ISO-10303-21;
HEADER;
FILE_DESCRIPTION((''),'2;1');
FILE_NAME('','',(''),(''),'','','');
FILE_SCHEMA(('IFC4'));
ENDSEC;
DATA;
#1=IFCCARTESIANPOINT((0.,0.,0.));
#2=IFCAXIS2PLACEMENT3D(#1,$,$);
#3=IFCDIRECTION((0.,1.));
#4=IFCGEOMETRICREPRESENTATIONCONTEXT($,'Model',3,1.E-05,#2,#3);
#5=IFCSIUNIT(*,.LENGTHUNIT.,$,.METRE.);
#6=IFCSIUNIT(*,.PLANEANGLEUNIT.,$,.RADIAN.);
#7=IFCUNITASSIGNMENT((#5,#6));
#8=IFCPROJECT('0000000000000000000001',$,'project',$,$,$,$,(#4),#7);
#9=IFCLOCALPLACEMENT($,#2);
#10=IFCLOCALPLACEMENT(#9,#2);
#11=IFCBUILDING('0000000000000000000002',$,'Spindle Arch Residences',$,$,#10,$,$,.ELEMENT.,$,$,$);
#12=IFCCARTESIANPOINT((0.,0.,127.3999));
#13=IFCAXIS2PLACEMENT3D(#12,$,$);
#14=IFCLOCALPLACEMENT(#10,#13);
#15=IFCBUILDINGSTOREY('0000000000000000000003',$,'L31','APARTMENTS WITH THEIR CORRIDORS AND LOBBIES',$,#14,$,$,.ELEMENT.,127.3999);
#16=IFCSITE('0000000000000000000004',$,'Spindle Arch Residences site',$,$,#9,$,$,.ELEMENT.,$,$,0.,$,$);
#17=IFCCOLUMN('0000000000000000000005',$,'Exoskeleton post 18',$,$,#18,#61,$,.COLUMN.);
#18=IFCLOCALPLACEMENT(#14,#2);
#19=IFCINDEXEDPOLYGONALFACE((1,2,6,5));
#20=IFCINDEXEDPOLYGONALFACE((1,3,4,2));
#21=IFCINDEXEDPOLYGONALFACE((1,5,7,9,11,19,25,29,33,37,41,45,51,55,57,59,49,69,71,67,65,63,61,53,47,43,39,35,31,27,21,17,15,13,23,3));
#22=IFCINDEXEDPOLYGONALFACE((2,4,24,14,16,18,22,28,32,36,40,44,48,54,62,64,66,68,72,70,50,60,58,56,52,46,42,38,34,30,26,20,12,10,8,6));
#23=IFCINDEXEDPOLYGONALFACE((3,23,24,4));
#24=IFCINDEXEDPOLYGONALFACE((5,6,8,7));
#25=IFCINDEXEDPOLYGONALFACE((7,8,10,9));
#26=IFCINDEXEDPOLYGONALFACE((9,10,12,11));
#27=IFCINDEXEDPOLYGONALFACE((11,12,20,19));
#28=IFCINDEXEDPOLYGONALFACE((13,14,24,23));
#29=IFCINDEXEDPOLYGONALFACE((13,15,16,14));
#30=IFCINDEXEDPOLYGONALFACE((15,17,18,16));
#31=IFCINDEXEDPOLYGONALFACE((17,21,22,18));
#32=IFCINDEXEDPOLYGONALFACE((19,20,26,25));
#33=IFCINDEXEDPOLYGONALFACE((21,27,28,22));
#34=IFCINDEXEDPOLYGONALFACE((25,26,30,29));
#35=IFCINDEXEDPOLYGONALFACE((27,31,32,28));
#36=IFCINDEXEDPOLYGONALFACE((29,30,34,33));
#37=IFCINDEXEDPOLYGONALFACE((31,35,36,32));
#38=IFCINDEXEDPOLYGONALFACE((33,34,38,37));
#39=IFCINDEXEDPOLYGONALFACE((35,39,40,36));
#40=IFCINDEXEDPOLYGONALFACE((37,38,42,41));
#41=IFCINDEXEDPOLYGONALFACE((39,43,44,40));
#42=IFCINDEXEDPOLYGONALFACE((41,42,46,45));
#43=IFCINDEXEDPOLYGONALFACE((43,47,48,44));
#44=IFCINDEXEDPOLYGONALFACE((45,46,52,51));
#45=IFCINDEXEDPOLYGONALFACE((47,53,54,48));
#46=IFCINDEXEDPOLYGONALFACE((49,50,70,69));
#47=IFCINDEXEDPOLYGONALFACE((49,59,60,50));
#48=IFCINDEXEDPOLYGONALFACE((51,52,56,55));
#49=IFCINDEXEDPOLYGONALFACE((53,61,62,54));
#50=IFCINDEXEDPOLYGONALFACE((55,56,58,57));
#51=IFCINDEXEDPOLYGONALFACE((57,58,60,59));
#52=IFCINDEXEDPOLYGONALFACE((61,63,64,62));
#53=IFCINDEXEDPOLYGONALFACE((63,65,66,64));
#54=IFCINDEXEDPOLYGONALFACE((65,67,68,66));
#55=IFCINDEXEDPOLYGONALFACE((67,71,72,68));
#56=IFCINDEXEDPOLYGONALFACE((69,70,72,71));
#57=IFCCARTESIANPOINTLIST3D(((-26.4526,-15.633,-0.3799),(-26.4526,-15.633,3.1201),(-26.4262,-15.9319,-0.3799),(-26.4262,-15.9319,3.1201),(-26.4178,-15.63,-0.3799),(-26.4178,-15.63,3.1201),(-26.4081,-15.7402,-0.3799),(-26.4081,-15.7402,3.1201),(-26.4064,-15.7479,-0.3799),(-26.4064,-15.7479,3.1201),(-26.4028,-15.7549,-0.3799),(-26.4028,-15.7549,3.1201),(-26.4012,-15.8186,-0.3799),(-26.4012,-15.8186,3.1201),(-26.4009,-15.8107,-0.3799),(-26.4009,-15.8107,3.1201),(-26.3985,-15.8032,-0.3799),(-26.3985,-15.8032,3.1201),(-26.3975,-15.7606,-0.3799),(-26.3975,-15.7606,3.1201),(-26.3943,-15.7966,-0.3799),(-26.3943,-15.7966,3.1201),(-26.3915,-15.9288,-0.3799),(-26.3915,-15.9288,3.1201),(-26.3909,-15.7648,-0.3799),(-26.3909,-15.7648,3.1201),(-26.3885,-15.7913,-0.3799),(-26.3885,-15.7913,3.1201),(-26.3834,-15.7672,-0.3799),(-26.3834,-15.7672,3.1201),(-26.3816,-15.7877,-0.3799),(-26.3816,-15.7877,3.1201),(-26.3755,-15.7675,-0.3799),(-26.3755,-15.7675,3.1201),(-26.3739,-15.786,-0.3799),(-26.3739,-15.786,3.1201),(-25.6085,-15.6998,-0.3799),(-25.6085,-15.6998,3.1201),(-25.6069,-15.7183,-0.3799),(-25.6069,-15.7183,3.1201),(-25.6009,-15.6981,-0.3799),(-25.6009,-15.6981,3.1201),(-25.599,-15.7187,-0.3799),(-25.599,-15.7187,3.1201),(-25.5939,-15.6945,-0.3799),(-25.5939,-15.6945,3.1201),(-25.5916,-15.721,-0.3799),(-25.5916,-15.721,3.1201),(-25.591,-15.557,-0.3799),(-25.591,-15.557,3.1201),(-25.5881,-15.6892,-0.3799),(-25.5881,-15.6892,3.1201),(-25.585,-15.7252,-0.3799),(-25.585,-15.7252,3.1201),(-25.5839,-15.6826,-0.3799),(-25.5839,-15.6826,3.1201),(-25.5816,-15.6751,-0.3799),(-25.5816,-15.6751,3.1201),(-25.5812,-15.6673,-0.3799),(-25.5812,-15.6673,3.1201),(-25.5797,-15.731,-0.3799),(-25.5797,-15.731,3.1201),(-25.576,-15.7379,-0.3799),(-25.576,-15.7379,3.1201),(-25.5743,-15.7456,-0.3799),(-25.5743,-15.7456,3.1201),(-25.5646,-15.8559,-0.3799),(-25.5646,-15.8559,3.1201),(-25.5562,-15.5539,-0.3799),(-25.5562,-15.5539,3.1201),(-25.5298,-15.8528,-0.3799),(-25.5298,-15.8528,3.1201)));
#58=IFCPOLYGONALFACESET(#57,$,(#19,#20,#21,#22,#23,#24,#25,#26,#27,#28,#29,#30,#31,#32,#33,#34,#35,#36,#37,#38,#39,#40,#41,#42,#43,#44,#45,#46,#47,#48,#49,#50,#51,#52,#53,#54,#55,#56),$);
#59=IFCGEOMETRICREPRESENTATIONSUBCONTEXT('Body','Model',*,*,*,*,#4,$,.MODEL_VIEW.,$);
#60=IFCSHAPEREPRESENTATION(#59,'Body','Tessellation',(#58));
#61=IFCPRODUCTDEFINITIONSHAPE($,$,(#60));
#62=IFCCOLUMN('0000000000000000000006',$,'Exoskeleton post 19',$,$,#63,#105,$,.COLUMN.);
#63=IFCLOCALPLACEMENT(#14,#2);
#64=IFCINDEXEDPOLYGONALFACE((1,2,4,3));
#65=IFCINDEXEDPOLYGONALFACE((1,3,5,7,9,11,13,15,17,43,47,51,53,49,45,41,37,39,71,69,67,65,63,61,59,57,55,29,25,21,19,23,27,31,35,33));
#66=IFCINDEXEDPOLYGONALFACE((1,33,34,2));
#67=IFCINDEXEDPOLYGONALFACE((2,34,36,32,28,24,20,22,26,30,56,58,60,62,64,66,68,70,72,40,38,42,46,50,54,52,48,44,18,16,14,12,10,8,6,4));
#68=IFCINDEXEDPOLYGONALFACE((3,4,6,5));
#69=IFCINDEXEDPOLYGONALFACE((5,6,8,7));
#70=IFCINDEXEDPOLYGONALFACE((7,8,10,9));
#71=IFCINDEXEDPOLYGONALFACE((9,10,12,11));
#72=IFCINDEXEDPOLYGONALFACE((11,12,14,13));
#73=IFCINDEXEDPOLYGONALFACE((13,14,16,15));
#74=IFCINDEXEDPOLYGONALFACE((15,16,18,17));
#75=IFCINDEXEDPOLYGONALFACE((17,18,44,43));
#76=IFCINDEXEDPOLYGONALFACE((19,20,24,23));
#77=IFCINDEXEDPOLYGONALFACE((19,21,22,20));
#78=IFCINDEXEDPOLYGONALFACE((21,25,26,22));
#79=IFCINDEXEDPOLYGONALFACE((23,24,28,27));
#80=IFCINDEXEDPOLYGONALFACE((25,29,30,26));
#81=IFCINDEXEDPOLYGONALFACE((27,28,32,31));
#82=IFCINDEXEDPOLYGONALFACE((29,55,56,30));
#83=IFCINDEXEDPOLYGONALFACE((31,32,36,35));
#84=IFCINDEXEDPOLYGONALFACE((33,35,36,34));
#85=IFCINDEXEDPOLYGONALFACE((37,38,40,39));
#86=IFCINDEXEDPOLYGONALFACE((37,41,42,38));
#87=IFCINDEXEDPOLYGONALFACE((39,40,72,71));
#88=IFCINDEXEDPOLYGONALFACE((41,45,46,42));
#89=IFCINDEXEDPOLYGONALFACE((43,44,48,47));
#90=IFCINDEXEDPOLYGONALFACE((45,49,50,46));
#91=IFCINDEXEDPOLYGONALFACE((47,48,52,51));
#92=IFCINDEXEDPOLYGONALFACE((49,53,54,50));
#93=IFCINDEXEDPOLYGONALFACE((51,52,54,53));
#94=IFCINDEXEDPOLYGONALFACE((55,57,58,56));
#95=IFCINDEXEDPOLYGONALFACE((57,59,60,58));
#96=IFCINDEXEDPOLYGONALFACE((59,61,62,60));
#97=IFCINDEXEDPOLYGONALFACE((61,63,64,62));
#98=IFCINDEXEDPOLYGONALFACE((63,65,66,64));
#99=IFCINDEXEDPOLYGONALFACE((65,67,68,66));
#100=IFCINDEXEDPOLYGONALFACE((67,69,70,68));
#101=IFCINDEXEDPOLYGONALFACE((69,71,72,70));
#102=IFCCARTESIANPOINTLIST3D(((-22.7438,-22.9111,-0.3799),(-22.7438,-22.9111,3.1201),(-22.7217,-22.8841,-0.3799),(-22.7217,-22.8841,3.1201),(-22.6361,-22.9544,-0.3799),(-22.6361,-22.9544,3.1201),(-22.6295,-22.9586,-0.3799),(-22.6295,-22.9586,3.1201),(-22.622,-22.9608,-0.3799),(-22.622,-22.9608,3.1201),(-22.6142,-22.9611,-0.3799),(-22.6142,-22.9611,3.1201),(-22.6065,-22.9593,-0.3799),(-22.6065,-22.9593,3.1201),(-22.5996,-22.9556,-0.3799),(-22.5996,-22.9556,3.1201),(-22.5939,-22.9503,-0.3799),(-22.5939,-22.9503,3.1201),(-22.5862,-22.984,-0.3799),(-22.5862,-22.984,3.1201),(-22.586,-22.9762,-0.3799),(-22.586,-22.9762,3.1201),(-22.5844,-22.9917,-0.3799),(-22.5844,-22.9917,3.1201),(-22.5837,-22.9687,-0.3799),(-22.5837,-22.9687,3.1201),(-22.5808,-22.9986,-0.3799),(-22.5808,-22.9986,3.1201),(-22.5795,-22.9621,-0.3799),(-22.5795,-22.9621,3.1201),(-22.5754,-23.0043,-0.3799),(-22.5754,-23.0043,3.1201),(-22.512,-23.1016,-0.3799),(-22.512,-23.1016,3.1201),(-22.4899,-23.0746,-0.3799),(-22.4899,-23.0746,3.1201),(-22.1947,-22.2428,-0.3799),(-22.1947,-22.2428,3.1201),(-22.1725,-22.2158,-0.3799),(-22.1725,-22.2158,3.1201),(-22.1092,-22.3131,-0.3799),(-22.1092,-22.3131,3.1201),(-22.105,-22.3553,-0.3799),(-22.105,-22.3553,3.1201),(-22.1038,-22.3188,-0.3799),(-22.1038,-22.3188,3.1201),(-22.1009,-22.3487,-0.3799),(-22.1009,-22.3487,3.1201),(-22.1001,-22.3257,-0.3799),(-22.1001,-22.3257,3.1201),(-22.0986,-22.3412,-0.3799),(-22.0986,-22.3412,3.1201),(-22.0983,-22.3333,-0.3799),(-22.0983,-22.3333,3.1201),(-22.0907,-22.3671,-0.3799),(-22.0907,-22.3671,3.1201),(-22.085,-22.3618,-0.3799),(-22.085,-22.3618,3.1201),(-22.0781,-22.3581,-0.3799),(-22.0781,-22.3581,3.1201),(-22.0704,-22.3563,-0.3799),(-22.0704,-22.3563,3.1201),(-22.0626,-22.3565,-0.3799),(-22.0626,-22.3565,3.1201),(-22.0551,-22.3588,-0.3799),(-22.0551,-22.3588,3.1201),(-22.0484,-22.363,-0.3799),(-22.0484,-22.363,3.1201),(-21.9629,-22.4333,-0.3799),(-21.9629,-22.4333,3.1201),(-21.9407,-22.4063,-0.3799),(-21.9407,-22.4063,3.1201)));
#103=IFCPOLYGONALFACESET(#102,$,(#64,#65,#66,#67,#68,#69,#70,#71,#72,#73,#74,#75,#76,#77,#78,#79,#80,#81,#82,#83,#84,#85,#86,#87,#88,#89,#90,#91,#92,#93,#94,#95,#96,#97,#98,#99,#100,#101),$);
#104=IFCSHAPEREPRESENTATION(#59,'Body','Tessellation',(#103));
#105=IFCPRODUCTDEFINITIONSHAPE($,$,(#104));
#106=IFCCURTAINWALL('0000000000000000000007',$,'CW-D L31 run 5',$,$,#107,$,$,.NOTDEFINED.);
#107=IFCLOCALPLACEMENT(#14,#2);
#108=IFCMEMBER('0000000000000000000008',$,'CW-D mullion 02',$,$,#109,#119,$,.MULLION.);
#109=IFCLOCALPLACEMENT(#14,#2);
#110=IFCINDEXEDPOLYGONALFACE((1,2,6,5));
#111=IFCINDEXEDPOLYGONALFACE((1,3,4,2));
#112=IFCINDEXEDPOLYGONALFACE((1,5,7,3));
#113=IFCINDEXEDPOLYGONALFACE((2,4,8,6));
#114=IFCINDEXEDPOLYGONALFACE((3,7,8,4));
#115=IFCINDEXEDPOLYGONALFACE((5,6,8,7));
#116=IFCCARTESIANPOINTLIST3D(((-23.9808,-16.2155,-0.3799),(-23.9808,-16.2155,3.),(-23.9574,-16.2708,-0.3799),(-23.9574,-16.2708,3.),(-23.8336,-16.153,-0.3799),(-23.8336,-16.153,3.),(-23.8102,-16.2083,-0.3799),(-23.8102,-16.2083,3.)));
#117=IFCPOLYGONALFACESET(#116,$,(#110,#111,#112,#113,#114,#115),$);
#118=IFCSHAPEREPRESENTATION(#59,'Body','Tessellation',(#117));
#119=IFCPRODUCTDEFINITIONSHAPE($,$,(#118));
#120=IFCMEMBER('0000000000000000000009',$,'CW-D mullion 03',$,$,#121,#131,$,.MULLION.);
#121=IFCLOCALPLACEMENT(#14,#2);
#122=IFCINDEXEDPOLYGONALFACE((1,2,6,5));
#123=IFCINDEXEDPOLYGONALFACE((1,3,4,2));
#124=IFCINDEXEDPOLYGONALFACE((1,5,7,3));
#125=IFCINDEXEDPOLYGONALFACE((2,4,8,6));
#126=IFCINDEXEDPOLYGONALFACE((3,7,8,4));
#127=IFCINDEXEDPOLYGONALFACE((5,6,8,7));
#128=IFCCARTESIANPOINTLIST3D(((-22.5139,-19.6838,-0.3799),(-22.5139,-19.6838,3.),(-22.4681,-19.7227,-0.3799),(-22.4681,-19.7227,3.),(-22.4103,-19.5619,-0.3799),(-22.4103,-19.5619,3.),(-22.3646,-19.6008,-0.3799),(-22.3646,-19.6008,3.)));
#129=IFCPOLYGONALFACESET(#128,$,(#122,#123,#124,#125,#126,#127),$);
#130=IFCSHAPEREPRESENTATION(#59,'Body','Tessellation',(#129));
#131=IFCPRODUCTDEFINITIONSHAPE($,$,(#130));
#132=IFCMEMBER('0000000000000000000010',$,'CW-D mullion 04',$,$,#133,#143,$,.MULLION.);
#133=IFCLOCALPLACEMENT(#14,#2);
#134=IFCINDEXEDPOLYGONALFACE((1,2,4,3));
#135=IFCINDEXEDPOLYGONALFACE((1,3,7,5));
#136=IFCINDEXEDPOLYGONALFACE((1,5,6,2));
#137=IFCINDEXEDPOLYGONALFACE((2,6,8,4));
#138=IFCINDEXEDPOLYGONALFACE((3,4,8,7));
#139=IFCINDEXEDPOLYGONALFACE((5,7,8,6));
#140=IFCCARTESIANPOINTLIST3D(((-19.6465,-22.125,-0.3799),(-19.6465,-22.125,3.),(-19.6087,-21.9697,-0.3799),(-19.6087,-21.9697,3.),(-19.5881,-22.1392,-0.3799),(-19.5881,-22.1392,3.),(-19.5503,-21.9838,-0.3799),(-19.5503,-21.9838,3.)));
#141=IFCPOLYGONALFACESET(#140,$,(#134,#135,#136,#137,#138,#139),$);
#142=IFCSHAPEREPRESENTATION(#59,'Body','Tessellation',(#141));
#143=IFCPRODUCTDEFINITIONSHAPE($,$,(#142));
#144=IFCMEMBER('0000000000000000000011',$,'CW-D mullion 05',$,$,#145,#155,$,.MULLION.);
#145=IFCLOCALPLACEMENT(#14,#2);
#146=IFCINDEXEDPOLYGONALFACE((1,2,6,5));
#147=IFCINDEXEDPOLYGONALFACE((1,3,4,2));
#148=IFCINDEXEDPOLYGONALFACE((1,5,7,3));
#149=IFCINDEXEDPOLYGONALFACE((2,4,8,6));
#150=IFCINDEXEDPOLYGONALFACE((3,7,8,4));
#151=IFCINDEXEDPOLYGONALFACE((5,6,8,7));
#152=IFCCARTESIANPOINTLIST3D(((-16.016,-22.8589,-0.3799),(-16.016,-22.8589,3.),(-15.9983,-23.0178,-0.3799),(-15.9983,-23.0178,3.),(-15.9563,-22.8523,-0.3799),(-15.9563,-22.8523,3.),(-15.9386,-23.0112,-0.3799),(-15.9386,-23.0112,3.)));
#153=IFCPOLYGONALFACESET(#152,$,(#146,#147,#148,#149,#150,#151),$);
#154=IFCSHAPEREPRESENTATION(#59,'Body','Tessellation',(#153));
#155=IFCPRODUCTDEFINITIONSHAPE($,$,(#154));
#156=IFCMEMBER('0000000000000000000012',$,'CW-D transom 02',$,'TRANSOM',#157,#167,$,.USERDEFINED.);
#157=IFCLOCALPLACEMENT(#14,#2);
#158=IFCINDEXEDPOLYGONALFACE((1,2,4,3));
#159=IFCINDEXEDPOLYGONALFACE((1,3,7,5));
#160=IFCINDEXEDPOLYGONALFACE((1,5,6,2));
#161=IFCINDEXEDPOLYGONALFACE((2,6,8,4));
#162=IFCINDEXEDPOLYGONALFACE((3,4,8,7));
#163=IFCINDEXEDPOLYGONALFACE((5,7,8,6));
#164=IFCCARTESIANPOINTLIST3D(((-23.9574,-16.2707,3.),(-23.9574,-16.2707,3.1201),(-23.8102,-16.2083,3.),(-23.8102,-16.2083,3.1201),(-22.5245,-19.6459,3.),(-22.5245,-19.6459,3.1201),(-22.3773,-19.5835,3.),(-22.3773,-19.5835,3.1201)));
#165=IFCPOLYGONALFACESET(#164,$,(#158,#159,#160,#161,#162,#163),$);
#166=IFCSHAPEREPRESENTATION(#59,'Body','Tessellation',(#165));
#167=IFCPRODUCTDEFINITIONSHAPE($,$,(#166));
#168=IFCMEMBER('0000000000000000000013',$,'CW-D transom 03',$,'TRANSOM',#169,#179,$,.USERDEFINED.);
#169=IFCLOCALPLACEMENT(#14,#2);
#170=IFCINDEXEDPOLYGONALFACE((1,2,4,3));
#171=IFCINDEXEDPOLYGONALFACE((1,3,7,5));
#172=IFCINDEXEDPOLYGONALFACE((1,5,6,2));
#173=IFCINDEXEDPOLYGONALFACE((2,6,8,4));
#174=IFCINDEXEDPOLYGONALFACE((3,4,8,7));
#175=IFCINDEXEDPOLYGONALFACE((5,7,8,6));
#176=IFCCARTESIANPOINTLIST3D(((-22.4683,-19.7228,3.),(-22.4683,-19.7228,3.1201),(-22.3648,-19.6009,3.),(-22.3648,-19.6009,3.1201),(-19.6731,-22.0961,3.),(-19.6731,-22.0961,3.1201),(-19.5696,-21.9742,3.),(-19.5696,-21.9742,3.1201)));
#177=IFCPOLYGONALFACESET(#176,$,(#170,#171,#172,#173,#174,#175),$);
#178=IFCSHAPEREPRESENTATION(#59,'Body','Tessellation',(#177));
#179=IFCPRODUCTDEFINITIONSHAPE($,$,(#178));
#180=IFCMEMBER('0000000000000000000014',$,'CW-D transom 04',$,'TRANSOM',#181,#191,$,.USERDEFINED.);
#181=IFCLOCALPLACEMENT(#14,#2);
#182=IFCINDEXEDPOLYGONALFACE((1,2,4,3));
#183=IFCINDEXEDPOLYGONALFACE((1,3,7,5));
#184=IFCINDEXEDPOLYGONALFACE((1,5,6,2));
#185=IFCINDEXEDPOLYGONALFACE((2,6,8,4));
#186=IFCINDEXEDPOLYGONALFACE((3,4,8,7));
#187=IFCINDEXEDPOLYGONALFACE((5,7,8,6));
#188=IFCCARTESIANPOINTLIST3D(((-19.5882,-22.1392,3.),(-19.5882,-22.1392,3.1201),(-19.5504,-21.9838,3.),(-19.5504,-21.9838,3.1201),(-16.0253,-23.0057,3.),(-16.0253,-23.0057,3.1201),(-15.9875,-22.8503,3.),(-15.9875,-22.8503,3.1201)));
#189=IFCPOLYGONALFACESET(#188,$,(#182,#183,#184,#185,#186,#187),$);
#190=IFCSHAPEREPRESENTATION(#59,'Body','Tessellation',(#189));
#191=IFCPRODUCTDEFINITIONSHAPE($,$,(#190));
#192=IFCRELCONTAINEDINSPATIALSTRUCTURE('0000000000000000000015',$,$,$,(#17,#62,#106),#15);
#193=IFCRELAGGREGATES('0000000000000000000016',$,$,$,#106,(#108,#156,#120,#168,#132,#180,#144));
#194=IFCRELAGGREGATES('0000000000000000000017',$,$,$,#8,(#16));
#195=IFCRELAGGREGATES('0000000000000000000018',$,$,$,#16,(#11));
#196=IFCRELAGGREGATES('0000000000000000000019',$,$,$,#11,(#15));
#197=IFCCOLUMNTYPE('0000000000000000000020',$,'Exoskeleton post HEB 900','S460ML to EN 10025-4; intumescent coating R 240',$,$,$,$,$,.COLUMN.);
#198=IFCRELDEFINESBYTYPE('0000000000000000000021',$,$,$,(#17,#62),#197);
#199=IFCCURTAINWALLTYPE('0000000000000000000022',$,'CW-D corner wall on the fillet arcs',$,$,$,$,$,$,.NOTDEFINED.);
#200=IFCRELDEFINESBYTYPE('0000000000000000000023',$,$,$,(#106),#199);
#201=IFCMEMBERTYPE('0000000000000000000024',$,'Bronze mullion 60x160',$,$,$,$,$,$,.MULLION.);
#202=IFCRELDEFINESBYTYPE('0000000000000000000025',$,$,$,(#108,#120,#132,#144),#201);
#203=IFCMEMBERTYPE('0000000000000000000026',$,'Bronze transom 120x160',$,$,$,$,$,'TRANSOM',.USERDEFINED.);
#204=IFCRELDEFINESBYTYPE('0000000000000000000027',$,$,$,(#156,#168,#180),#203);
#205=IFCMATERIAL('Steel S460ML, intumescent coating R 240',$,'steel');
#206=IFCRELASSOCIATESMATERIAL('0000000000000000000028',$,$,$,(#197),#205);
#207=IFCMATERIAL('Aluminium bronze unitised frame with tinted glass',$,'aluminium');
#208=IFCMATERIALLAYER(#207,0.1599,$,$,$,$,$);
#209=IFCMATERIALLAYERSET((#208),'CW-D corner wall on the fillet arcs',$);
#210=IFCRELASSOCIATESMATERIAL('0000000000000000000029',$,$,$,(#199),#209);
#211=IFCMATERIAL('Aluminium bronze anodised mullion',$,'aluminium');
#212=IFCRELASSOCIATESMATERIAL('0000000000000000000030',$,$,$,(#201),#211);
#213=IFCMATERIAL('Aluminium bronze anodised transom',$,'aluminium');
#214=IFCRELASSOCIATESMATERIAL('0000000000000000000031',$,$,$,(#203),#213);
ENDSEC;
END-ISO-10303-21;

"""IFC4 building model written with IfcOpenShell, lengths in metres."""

from ifc_helpers import new_model, si_unit, direction, frame, origin, origin_2d, place, context, subcontext, project, spatial, rectangle, i_section, extrude, material, layer, layer_set, material_profile, profile_set, type_object, element, aggregate, save


model = new_model("IFC4")

# Units and contexts
model_context = context("Model", 3, precision=1e-05, world=origin(), true_north=direction((0.0, 1.0)))
body_context = subcontext(model_context, "Body", "Model", "MODEL_VIEW")
ifc_project = project(units=[si_unit("LENGTHUNIT", "METRE"), si_unit("PLANEANGLEUNIT", "RADIAN")], contexts=[model_context])

# Site, building, storey
site_placement = place(None, origin())
site = spatial("IfcSite", under=ifc_project, at=site_placement, Name="Spindle Arch Residences site", CompositionType="ELEMENT", RefElevation=0.0)
building_placement = place(site_placement, origin())
building = spatial("IfcBuilding", under=site, at=building_placement, Name="Spindle Arch Residences", CompositionType="ELEMENT")
storey_placement = place(building_placement, frame((0.0, 0.0, 127.3999)))
storey = spatial("IfcBuildingStorey", under=building, at=storey_placement, Name="L31", Description="APARTMENTS WITH THEIR CORRIDORS AND LOBBIES", CompositionType="ELEMENT", Elevation=127.3999)

# Columns
ifc_material_1 = material(Name="Steel S460ML, intumescent coating R 240", Category="steel")
ifc_material_profile_1 = material_profile(ifc_material_1, i_section(OverallWidth=0.3, OverallDepth=0.8999, WebThickness=0.0186, FlangeThickness=0.0349, FilletRadius=0.03, at=origin_2d()), Name="HEB 900")
ifc_profile_set_1 = profile_set([ifc_material_profile_1], Name="Steel S460ML, intumescent coating R 240")
column_type = type_object("IfcColumnType", Name="Exoskeleton post HEB 900", Description="S460ML to EN 10025-4; intumescent coating R 240", PredefinedType="COLUMN", material=ifc_profile_set_1)
for number, where, z_axis, x_axis, name in (
    (1, (-25.9912, -15.7429, -0.3799), (0.0, 0.0, 1.0), (-0.087905, 0.996129, 0.0), "Exoskeleton post 18"),
    (2, (-22.3423, -22.6587, -0.3799), (0.0, 0.0, 1.0), (-0.772638, 0.634847, 0.0), "Exoskeleton post 19"),
):
    element("IfcColumn", number, at=place(storey_placement, frame(where, z_axis=z_axis, x_axis=x_axis)), inside=storey, type_object=column_type, Name=name, PredefinedType="COLUMN", context=body_context, shape_type="SweptSolid", body=[
        extrude(i_section(OverallWidth=0.3, OverallDepth=0.8999, WebThickness=0.0186, FlangeThickness=0.0349, FilletRadius=0.03, at=origin_2d()), origin(), (0.0, 0.0, 1.0), 3.5),
    ])

# Curtain wall, members
ifc_material_2 = material(Name="Aluminium bronze unitised frame with tinted glass", Category="aluminium")
ifc_layer_1 = layer(ifc_material_2, 0.1599)
ifc_layer_set_1 = layer_set([ifc_layer_1], Name="CW-D corner wall on the fillet arcs")
curtain_wall_type = type_object("IfcCurtainWallType", Name="CW-D corner wall on the fillet arcs", PredefinedType="NOTDEFINED", material=ifc_layer_set_1)
curtain_wall_placement = place(storey_placement, origin())
curtain_wall = element("IfcCurtainWall", 3, at=curtain_wall_placement, inside=storey, type_object=curtain_wall_type, Name="CW-D L31 run 5", PredefinedType="NOTDEFINED")
ifc_material_3 = material(Name="Aluminium bronze anodised mullion", Category="aluminium")
ifc_material_profile_2 = material_profile(ifc_material_3, rectangle(XDim=0.1599, YDim=0.0601, at=origin_2d()), Name="MU 60x160")
ifc_profile_set_2 = profile_set([ifc_material_profile_2], Name="Aluminium bronze anodised mullion")
member_type_1 = type_object("IfcMemberType", Name="Bronze mullion 60x160", PredefinedType="MULLION", material=ifc_profile_set_2)
member_1_placement = place(storey_placement, frame((-23.8955, -16.2119, -0.3799), z_axis=(0.0, 0.0, 1.0), x_axis=(0.920505, 0.390731, 0.0)))
member_1 = element("IfcMember", 4, at=member_1_placement, type_object=member_type_1, Name="CW-D mullion 02", PredefinedType="MULLION", context=body_context, shape_type="SweptSolid", body=[
    extrude(rectangle(XDim=0.1599, YDim=0.0601, at=origin_2d()), origin(), (0.0, 0.0, 1.0), 3.3799),
])
member_2_placement = place(storey_placement, frame((-22.4392, -19.6423, -0.3799), z_axis=(0.0, 0.0, 1.0), x_axis=(0.647233, 0.762292, 0.0)))
member_2 = element("IfcMember", 5, at=member_2_placement, type_object=member_type_1, Name="CW-D mullion 03", PredefinedType="MULLION", context=body_context, shape_type="SweptSolid", body=[
    extrude(rectangle(XDim=0.1599, YDim=0.0601, at=origin_2d()), origin(), (0.0, 0.0, 1.0), 3.3799),
])
member_3_placement = place(storey_placement, frame((-19.5984, -22.0544, -0.3799), z_axis=(0.0, 0.0, 1.0), x_axis=(0.236273, 0.971687, 0.0)))
member_3 = element("IfcMember", 6, at=member_3_placement, type_object=member_type_1, Name="CW-D mullion 04", PredefinedType="MULLION", context=body_context, shape_type="SweptSolid", body=[
    extrude(rectangle(XDim=0.1599, YDim=0.0601, at=origin_2d()), origin(), (0.0, 0.0, 1.0), 3.3799),
])
member_4_placement = place(storey_placement, frame((-15.9773, -22.9351, -0.3799), z_axis=(0.0, 0.0, 1.0), x_axis=(-0.110313, 0.993897, 0.0)))
member_4 = element("IfcMember", 7, at=member_4_placement, type_object=member_type_1, Name="CW-D mullion 05", PredefinedType="MULLION", context=body_context, shape_type="SweptSolid", body=[
    extrude(rectangle(XDim=0.1599, YDim=0.0601, at=origin_2d()), origin(), (0.0, 0.0, 1.0), 3.3799),
])
ifc_material_4 = material(Name="Aluminium bronze anodised transom", Category="aluminium")
ifc_material_profile_3 = material_profile(ifc_material_4, rectangle(XDim=0.1599, YDim=0.1201, at=origin_2d()), Name="TR 120x160")
ifc_profile_set_3 = profile_set([ifc_material_profile_3], Name="Aluminium bronze anodised transom")
member_type_2 = type_object("IfcMemberType", Name="Bronze transom 120x160", ElementType="TRANSOM", PredefinedType="USERDEFINED", material=ifc_profile_set_3)
member_5_placement = place(storey_placement, frame((-23.8838, -16.2395, 3.0601), z_axis=(0.390767, -0.92049, 0.0), x_axis=(0.92049, 0.390767, 0.0)))
member_5 = element("IfcMember", 8, at=member_5_placement, type_object=member_type_2, Name="CW-D transom 02", ObjectType="TRANSOM", PredefinedType="USERDEFINED", context=body_context, shape_type="SweptSolid", body=[
    extrude(rectangle(XDim=0.1599, YDim=0.1201, at=origin_2d()), origin(), (0.0, 0.0, 1.0), 3.6667),
])
member_6_placement = place(storey_placement, frame((-22.4165, -19.6619, 3.0601), z_axis=(0.762289, -0.647237, 0.0), x_axis=(0.647237, 0.762289, 0.0)))
member_6 = element("IfcMember", 9, at=member_6_placement, type_object=member_type_2, Name="CW-D transom 03", ObjectType="TRANSOM", PredefinedType="USERDEFINED", context=body_context, shape_type="SweptSolid", body=[
    extrude(rectangle(XDim=0.1599, YDim=0.1201, at=origin_2d()), origin(), (0.0, 0.0, 1.0), 3.6667),
])
member_7_placement = place(storey_placement, frame((-19.5693, -22.0615, 3.0601), z_axis=(0.971681, -0.236296, 0.0), x_axis=(0.236296, 0.971681, 0.0)))
member_7 = element("IfcMember", 10, at=member_7_placement, type_object=member_type_2, Name="CW-D transom 04", ObjectType="TRANSOM", PredefinedType="USERDEFINED", context=body_context, shape_type="SweptSolid", body=[
    extrude(rectangle(XDim=0.1599, YDim=0.1201, at=origin_2d()), origin(), (0.0, 0.0, 1.0), 3.6667),
])

aggregate(curtain_wall, [member_1, member_5, member_2, member_6, member_3, member_7, member_4])

save(model, "model.ifc")
